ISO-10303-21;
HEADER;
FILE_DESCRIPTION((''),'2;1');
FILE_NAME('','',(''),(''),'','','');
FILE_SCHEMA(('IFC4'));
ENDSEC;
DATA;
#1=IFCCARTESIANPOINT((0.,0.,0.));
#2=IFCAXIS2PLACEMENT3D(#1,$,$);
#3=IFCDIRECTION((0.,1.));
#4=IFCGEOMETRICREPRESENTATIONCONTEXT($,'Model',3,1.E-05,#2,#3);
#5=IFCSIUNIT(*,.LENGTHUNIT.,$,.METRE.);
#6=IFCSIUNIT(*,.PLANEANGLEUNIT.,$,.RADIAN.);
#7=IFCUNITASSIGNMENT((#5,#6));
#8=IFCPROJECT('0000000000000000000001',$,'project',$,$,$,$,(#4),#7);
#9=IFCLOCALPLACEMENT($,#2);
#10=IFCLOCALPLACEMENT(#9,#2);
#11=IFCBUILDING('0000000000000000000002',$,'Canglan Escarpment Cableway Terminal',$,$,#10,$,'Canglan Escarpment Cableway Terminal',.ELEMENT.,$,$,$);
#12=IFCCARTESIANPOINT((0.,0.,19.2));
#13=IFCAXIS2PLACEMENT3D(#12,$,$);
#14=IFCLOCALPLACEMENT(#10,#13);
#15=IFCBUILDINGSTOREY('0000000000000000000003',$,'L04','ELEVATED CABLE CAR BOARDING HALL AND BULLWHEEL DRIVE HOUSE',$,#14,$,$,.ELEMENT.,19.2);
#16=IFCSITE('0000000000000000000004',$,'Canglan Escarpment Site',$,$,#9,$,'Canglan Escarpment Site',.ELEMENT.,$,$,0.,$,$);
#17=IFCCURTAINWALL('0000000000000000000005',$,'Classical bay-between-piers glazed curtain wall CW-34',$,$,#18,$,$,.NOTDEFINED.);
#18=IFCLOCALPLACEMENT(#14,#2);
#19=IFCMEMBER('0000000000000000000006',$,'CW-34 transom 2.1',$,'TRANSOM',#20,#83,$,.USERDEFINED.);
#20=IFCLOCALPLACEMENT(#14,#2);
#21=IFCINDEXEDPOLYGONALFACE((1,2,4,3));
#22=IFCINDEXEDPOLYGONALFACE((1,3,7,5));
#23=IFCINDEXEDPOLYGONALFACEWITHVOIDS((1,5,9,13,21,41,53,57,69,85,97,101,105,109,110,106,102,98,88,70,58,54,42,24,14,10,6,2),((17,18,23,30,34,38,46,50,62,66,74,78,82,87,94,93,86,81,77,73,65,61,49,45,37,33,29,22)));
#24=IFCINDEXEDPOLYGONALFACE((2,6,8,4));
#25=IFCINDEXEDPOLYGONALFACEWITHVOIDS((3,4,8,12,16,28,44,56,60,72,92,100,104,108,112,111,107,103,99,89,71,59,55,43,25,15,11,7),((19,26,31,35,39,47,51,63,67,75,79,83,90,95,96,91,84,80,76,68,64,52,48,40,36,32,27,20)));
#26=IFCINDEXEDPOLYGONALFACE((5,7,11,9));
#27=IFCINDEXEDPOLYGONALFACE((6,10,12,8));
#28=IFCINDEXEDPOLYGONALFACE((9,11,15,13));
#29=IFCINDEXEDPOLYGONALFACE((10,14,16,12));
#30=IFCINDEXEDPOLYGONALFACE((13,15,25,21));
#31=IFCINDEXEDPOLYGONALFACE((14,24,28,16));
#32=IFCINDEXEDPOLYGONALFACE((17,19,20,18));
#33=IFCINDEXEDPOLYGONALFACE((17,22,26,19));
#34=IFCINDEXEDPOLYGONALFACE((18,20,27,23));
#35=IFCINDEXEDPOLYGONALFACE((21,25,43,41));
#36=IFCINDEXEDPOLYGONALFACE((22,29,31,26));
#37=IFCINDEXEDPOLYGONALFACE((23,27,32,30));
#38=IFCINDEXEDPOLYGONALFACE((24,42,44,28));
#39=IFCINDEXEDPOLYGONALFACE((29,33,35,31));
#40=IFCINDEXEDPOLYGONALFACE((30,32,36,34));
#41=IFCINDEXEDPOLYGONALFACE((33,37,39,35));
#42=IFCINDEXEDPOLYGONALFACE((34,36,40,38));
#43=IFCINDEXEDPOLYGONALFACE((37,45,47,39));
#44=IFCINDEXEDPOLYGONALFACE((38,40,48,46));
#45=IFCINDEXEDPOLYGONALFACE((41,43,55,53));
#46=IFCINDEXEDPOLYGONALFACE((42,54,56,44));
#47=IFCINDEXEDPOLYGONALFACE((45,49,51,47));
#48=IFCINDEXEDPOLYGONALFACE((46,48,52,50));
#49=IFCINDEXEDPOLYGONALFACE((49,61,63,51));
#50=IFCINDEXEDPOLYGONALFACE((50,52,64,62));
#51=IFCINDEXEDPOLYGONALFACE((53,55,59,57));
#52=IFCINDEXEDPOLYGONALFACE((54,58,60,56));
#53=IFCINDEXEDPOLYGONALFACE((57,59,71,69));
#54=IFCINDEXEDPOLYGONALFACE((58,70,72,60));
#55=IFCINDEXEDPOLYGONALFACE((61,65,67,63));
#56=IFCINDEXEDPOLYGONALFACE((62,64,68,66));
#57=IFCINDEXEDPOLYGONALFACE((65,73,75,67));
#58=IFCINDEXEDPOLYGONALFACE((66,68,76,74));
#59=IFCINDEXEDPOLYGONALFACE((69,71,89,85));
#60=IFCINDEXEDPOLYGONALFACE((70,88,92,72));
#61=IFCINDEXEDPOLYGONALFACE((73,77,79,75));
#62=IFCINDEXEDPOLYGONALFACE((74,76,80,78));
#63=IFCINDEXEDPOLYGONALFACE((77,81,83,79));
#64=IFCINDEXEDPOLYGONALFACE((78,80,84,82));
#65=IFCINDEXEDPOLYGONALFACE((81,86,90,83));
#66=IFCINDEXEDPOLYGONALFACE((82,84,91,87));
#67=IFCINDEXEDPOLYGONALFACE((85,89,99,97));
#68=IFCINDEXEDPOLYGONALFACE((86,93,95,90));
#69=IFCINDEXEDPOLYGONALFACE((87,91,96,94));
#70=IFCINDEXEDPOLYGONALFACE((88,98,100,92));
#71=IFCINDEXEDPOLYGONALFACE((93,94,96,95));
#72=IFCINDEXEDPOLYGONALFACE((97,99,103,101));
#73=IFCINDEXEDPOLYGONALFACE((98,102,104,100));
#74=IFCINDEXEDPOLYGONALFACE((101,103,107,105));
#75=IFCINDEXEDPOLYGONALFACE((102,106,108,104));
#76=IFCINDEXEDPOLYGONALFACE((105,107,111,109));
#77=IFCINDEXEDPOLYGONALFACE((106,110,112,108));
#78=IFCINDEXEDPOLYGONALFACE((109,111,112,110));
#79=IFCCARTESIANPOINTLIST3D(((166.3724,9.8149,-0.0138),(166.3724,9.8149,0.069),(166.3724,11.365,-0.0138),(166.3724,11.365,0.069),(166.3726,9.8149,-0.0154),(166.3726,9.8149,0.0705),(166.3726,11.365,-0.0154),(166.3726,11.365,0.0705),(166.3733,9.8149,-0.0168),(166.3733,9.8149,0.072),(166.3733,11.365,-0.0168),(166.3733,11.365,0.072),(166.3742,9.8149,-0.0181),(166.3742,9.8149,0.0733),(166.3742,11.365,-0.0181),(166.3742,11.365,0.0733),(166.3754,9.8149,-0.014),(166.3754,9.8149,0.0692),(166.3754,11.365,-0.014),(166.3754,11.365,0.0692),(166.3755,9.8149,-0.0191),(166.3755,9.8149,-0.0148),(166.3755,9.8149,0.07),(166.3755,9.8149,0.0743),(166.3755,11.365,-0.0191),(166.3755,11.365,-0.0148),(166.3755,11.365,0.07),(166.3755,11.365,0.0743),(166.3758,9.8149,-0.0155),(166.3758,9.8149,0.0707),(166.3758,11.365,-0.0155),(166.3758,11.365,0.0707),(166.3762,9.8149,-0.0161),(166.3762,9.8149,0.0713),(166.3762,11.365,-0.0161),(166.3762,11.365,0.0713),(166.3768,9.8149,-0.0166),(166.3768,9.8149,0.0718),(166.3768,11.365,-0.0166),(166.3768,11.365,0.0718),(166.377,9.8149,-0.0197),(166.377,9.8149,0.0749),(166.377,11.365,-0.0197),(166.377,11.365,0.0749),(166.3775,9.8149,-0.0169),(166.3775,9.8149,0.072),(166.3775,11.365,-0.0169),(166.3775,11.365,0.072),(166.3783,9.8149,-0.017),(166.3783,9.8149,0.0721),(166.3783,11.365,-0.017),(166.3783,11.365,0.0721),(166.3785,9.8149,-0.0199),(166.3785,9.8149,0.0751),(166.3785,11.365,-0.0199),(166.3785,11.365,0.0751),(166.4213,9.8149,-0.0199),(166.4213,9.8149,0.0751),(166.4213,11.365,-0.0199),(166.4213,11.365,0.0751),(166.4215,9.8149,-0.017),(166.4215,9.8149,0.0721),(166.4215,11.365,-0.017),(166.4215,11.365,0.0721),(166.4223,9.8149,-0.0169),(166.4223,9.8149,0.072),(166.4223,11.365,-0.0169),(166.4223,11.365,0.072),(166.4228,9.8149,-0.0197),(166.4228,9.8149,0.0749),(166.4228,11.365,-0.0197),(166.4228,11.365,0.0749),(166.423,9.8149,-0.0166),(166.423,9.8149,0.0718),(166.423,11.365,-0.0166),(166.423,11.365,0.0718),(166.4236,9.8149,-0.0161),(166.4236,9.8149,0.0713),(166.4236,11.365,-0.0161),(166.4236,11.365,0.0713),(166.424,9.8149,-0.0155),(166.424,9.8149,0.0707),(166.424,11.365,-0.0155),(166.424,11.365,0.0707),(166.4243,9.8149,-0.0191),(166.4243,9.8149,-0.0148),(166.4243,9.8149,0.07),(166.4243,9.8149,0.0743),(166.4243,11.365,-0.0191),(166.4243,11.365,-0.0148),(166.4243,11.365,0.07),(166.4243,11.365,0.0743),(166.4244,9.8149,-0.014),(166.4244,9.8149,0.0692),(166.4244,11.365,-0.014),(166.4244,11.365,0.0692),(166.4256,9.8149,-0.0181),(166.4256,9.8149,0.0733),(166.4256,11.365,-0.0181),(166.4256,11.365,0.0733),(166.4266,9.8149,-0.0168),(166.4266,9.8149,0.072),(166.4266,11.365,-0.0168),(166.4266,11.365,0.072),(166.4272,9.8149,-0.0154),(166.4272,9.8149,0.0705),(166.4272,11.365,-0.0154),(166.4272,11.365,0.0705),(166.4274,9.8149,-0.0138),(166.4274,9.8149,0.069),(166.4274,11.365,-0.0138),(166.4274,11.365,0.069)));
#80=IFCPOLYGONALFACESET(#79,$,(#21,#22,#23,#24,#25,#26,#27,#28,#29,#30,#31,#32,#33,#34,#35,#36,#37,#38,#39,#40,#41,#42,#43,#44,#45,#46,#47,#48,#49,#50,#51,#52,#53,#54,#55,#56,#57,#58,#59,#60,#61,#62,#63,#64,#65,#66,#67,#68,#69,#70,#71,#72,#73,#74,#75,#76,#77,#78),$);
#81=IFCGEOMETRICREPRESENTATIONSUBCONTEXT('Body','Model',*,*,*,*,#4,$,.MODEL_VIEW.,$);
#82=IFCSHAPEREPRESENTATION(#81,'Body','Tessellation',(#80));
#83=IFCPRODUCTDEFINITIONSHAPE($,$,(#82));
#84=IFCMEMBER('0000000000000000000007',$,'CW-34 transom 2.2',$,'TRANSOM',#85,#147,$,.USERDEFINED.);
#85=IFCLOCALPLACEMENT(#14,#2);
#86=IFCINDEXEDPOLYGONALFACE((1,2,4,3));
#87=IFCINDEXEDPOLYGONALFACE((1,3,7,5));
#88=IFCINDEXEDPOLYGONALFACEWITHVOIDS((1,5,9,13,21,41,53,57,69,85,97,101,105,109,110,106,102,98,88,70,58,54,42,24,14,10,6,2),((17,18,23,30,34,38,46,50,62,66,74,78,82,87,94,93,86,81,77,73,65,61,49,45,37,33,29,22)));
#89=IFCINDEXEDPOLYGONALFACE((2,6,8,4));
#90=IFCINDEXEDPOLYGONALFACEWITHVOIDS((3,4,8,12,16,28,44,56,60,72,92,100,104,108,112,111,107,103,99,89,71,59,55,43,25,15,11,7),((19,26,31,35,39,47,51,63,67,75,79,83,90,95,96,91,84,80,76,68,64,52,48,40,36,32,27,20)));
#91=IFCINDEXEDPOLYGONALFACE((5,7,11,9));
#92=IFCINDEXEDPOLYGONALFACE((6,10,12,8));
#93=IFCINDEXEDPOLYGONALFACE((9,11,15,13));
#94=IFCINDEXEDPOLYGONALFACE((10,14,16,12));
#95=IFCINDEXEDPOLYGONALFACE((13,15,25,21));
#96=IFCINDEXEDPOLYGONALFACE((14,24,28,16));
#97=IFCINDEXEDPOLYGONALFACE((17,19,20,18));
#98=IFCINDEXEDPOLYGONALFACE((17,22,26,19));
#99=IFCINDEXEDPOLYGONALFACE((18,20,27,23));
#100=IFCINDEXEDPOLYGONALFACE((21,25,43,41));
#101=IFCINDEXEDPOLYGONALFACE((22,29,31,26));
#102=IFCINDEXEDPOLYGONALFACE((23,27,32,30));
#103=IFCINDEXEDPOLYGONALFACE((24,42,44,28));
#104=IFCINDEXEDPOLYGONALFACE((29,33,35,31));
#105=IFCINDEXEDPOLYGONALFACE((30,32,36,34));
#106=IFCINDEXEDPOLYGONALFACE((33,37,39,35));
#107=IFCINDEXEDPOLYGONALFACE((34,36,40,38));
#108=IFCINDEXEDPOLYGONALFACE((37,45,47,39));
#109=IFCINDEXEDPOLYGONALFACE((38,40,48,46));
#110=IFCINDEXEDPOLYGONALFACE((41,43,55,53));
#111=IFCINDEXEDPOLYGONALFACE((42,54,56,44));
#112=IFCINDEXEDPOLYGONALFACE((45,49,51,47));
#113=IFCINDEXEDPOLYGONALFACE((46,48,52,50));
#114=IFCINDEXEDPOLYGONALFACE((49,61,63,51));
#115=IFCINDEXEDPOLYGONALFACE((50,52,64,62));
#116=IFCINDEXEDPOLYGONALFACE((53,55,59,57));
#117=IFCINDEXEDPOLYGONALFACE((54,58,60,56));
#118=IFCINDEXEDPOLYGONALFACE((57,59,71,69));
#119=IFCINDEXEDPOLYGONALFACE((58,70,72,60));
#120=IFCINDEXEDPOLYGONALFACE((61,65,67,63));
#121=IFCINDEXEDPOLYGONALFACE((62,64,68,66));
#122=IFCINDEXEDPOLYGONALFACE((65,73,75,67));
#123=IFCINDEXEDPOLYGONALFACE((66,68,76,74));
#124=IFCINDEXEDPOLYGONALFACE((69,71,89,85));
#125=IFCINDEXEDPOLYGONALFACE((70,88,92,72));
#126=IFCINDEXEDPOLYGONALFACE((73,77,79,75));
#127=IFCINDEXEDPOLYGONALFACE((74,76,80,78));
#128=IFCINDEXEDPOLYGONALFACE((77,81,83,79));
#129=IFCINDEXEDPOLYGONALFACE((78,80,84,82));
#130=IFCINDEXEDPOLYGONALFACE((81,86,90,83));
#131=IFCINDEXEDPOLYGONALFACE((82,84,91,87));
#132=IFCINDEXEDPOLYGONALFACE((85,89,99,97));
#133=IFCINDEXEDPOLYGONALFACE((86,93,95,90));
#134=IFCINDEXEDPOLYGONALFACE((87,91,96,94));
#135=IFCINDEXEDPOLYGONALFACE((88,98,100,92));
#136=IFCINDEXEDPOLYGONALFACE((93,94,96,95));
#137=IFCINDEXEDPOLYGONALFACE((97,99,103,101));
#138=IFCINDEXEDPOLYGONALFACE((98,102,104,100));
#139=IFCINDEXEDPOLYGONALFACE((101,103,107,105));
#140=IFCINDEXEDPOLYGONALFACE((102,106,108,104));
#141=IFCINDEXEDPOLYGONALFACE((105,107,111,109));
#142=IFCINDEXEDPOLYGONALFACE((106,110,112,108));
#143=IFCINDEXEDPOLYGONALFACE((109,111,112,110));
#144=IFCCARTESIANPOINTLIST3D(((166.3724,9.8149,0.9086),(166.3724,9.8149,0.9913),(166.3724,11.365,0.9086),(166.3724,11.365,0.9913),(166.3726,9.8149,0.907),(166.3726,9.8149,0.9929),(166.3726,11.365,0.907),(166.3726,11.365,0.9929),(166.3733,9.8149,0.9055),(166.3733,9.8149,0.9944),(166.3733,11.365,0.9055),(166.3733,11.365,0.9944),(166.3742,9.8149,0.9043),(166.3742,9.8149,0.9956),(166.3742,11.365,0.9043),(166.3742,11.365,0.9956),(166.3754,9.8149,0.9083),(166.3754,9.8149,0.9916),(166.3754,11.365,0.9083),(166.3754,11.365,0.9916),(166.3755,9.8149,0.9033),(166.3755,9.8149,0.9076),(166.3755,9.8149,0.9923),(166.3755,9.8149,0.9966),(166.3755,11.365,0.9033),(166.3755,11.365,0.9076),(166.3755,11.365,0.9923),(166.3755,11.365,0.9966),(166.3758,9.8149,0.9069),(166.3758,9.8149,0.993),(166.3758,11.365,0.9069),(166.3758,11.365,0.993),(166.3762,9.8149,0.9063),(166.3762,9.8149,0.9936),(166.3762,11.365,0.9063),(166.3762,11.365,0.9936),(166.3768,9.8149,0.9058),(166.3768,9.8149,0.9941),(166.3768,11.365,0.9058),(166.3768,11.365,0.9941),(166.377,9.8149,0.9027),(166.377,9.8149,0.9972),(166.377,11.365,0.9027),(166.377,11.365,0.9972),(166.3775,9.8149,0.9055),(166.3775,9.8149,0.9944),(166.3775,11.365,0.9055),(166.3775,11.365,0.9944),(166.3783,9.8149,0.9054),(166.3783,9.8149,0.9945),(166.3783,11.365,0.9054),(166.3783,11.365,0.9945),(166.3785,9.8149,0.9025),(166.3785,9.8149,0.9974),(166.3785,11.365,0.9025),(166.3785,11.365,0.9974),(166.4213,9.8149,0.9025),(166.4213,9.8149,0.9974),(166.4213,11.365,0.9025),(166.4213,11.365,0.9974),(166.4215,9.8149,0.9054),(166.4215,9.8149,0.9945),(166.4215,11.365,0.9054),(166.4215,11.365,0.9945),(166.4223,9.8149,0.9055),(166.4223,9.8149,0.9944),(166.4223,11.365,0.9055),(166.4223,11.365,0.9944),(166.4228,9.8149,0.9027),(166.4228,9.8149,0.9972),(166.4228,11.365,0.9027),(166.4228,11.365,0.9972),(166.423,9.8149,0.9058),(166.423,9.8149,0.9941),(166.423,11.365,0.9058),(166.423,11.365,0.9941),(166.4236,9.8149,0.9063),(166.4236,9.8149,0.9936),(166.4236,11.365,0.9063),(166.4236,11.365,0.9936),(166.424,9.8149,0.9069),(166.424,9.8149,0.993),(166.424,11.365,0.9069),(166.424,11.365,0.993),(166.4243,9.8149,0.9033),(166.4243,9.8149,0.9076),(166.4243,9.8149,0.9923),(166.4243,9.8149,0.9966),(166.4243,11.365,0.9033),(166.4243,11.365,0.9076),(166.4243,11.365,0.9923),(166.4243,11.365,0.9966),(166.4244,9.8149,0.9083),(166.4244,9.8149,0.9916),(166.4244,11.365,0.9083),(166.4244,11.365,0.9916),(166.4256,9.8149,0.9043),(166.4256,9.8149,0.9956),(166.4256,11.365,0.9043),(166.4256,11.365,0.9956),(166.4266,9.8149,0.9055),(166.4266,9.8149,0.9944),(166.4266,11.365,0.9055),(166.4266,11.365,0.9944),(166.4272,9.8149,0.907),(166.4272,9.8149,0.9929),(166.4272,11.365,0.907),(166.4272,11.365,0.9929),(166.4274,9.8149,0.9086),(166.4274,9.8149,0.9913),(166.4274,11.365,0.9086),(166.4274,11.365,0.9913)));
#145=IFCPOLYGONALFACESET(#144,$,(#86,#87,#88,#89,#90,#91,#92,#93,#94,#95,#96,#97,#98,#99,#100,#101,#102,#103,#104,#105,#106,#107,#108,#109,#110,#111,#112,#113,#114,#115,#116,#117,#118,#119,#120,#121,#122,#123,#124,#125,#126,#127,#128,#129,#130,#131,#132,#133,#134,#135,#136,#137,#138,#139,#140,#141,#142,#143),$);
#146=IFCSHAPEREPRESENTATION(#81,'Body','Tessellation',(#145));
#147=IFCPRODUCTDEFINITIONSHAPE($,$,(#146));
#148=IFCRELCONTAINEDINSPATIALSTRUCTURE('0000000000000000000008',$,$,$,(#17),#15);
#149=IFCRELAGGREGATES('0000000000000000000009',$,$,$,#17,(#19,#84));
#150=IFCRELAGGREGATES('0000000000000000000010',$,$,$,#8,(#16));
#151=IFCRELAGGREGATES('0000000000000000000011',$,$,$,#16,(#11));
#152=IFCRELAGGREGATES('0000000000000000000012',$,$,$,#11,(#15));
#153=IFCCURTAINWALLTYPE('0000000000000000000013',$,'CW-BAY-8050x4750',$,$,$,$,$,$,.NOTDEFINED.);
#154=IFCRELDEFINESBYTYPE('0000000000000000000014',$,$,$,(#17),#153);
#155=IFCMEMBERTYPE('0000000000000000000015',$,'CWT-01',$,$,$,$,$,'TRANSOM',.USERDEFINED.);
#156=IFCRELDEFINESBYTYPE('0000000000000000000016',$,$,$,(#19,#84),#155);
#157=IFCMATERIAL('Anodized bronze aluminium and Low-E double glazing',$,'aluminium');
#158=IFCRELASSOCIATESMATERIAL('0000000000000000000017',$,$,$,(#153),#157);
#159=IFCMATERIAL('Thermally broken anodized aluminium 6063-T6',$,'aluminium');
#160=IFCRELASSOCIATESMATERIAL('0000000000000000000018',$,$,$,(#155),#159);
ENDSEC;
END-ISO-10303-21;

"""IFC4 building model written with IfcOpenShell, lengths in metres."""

from ifc_helpers import new_model, si_unit, direction, frame, origin, origin_2d, place, context, subcontext, project, spatial, hollow_rectangle, extrude, material, material_profile, profile_set, type_object, element, aggregate, save


model = new_model("IFC4")

# Units and contexts
model_context = context("Model", 3, precision=1e-05, world=origin(), true_north=direction((0.0, 1.0)))
body_context = subcontext(model_context, "Body", "Model", "MODEL_VIEW")
ifc_project = project(units=[si_unit("LENGTHUNIT", "METRE"), si_unit("PLANEANGLEUNIT", "RADIAN")], contexts=[model_context])

# Site, building, storey
site_placement = place(None, origin())
site = spatial("IfcSite", under=ifc_project, at=site_placement, Name="Canglan Escarpment Site", LongName="Canglan Escarpment Site", CompositionType="ELEMENT", RefElevation=0.0)
building_placement = place(site_placement, origin())
building = spatial("IfcBuilding", under=site, at=building_placement, Name="Canglan Escarpment Cableway Terminal", LongName="Canglan Escarpment Cableway Terminal", CompositionType="ELEMENT")
storey_placement = place(building_placement, frame((0.0, 0.0, 19.2)))
storey = spatial("IfcBuildingStorey", under=building, at=storey_placement, Name="L04", Description="ELEVATED CABLE CAR BOARDING HALL AND BULLWHEEL DRIVE HOUSE", CompositionType="ELEMENT", Elevation=19.2)

# Curtain wall
ifc_material_1 = material(Name="Anodized bronze aluminium and Low-E double glazing", Category="aluminium")
curtain_wall_type_1 = type_object("IfcCurtainWallType", Name="CW-BAY-8050x4750", PredefinedType="NOTDEFINED", material=ifc_material_1)
curtain_wall_1_placement = place(storey_placement, origin())
curtain_wall_1 = element("IfcCurtainWall", 1, at=curtain_wall_1_placement, inside=storey, type_object=curtain_wall_type_1, Name="Classical bay-between-piers glazed curtain wall CW-34", PredefinedType="NOTDEFINED")
ifc_material_2 = material(Name="Thermally broken anodized aluminium 6063-T6", Category="aluminium")

# Members
ifc_material_profile_1 = material_profile(ifc_material_2, hollow_rectangle(XDim=0.0549, YDim=0.095, WallThickness=0.0029, InnerFilletRadius=0.0029, OuterFilletRadius=0.0061, at=origin_2d()), Name="ALU-TRAN 55x95x3")
ifc_profile_set_1 = profile_set([ifc_material_profile_1], Name="Thermally broken anodized aluminium 6063-T6")
member_type_1 = type_object("IfcMemberType", Name="CWT-01", ElementType="TRANSOM", PredefinedType="USERDEFINED", material=ifc_profile_set_1)
member_1_placement = place(storey_placement, frame((166.3999, 9.8149, 0.0276), z_axis=(0.0, 1.0, 0.0), x_axis=(-1.0, 0.0, 0.0)))
member_1 = element("IfcMember", 2, at=member_1_placement, type_object=member_type_1, Name="CW-34 transom 2.1", ObjectType="TRANSOM", PredefinedType="USERDEFINED", context=body_context, shape_type="SweptSolid", body=[
    extrude(hollow_rectangle(XDim=0.0549, YDim=0.095, WallThickness=0.0029, InnerFilletRadius=0.0029, OuterFilletRadius=0.0061, at=origin_2d()), origin(), (0.0, 0.0, 1.0), 1.55),
])
member_2_placement = place(storey_placement, frame((166.3999, 9.8149, 0.95), z_axis=(0.0, 1.0, 0.0), x_axis=(-1.0, 0.0, 0.0)))
member_2 = element("IfcMember", 3, at=member_2_placement, type_object=member_type_1, Name="CW-34 transom 2.2", ObjectType="TRANSOM", PredefinedType="USERDEFINED", context=body_context, shape_type="SweptSolid", body=[
    extrude(hollow_rectangle(XDim=0.0549, YDim=0.095, WallThickness=0.0029, InnerFilletRadius=0.0029, OuterFilletRadius=0.0061, at=origin_2d()), origin(), (0.0, 0.0, 1.0), 1.55),
])

aggregate(curtain_wall_1, [member_1, member_2])

save(model, "model.ifc")
